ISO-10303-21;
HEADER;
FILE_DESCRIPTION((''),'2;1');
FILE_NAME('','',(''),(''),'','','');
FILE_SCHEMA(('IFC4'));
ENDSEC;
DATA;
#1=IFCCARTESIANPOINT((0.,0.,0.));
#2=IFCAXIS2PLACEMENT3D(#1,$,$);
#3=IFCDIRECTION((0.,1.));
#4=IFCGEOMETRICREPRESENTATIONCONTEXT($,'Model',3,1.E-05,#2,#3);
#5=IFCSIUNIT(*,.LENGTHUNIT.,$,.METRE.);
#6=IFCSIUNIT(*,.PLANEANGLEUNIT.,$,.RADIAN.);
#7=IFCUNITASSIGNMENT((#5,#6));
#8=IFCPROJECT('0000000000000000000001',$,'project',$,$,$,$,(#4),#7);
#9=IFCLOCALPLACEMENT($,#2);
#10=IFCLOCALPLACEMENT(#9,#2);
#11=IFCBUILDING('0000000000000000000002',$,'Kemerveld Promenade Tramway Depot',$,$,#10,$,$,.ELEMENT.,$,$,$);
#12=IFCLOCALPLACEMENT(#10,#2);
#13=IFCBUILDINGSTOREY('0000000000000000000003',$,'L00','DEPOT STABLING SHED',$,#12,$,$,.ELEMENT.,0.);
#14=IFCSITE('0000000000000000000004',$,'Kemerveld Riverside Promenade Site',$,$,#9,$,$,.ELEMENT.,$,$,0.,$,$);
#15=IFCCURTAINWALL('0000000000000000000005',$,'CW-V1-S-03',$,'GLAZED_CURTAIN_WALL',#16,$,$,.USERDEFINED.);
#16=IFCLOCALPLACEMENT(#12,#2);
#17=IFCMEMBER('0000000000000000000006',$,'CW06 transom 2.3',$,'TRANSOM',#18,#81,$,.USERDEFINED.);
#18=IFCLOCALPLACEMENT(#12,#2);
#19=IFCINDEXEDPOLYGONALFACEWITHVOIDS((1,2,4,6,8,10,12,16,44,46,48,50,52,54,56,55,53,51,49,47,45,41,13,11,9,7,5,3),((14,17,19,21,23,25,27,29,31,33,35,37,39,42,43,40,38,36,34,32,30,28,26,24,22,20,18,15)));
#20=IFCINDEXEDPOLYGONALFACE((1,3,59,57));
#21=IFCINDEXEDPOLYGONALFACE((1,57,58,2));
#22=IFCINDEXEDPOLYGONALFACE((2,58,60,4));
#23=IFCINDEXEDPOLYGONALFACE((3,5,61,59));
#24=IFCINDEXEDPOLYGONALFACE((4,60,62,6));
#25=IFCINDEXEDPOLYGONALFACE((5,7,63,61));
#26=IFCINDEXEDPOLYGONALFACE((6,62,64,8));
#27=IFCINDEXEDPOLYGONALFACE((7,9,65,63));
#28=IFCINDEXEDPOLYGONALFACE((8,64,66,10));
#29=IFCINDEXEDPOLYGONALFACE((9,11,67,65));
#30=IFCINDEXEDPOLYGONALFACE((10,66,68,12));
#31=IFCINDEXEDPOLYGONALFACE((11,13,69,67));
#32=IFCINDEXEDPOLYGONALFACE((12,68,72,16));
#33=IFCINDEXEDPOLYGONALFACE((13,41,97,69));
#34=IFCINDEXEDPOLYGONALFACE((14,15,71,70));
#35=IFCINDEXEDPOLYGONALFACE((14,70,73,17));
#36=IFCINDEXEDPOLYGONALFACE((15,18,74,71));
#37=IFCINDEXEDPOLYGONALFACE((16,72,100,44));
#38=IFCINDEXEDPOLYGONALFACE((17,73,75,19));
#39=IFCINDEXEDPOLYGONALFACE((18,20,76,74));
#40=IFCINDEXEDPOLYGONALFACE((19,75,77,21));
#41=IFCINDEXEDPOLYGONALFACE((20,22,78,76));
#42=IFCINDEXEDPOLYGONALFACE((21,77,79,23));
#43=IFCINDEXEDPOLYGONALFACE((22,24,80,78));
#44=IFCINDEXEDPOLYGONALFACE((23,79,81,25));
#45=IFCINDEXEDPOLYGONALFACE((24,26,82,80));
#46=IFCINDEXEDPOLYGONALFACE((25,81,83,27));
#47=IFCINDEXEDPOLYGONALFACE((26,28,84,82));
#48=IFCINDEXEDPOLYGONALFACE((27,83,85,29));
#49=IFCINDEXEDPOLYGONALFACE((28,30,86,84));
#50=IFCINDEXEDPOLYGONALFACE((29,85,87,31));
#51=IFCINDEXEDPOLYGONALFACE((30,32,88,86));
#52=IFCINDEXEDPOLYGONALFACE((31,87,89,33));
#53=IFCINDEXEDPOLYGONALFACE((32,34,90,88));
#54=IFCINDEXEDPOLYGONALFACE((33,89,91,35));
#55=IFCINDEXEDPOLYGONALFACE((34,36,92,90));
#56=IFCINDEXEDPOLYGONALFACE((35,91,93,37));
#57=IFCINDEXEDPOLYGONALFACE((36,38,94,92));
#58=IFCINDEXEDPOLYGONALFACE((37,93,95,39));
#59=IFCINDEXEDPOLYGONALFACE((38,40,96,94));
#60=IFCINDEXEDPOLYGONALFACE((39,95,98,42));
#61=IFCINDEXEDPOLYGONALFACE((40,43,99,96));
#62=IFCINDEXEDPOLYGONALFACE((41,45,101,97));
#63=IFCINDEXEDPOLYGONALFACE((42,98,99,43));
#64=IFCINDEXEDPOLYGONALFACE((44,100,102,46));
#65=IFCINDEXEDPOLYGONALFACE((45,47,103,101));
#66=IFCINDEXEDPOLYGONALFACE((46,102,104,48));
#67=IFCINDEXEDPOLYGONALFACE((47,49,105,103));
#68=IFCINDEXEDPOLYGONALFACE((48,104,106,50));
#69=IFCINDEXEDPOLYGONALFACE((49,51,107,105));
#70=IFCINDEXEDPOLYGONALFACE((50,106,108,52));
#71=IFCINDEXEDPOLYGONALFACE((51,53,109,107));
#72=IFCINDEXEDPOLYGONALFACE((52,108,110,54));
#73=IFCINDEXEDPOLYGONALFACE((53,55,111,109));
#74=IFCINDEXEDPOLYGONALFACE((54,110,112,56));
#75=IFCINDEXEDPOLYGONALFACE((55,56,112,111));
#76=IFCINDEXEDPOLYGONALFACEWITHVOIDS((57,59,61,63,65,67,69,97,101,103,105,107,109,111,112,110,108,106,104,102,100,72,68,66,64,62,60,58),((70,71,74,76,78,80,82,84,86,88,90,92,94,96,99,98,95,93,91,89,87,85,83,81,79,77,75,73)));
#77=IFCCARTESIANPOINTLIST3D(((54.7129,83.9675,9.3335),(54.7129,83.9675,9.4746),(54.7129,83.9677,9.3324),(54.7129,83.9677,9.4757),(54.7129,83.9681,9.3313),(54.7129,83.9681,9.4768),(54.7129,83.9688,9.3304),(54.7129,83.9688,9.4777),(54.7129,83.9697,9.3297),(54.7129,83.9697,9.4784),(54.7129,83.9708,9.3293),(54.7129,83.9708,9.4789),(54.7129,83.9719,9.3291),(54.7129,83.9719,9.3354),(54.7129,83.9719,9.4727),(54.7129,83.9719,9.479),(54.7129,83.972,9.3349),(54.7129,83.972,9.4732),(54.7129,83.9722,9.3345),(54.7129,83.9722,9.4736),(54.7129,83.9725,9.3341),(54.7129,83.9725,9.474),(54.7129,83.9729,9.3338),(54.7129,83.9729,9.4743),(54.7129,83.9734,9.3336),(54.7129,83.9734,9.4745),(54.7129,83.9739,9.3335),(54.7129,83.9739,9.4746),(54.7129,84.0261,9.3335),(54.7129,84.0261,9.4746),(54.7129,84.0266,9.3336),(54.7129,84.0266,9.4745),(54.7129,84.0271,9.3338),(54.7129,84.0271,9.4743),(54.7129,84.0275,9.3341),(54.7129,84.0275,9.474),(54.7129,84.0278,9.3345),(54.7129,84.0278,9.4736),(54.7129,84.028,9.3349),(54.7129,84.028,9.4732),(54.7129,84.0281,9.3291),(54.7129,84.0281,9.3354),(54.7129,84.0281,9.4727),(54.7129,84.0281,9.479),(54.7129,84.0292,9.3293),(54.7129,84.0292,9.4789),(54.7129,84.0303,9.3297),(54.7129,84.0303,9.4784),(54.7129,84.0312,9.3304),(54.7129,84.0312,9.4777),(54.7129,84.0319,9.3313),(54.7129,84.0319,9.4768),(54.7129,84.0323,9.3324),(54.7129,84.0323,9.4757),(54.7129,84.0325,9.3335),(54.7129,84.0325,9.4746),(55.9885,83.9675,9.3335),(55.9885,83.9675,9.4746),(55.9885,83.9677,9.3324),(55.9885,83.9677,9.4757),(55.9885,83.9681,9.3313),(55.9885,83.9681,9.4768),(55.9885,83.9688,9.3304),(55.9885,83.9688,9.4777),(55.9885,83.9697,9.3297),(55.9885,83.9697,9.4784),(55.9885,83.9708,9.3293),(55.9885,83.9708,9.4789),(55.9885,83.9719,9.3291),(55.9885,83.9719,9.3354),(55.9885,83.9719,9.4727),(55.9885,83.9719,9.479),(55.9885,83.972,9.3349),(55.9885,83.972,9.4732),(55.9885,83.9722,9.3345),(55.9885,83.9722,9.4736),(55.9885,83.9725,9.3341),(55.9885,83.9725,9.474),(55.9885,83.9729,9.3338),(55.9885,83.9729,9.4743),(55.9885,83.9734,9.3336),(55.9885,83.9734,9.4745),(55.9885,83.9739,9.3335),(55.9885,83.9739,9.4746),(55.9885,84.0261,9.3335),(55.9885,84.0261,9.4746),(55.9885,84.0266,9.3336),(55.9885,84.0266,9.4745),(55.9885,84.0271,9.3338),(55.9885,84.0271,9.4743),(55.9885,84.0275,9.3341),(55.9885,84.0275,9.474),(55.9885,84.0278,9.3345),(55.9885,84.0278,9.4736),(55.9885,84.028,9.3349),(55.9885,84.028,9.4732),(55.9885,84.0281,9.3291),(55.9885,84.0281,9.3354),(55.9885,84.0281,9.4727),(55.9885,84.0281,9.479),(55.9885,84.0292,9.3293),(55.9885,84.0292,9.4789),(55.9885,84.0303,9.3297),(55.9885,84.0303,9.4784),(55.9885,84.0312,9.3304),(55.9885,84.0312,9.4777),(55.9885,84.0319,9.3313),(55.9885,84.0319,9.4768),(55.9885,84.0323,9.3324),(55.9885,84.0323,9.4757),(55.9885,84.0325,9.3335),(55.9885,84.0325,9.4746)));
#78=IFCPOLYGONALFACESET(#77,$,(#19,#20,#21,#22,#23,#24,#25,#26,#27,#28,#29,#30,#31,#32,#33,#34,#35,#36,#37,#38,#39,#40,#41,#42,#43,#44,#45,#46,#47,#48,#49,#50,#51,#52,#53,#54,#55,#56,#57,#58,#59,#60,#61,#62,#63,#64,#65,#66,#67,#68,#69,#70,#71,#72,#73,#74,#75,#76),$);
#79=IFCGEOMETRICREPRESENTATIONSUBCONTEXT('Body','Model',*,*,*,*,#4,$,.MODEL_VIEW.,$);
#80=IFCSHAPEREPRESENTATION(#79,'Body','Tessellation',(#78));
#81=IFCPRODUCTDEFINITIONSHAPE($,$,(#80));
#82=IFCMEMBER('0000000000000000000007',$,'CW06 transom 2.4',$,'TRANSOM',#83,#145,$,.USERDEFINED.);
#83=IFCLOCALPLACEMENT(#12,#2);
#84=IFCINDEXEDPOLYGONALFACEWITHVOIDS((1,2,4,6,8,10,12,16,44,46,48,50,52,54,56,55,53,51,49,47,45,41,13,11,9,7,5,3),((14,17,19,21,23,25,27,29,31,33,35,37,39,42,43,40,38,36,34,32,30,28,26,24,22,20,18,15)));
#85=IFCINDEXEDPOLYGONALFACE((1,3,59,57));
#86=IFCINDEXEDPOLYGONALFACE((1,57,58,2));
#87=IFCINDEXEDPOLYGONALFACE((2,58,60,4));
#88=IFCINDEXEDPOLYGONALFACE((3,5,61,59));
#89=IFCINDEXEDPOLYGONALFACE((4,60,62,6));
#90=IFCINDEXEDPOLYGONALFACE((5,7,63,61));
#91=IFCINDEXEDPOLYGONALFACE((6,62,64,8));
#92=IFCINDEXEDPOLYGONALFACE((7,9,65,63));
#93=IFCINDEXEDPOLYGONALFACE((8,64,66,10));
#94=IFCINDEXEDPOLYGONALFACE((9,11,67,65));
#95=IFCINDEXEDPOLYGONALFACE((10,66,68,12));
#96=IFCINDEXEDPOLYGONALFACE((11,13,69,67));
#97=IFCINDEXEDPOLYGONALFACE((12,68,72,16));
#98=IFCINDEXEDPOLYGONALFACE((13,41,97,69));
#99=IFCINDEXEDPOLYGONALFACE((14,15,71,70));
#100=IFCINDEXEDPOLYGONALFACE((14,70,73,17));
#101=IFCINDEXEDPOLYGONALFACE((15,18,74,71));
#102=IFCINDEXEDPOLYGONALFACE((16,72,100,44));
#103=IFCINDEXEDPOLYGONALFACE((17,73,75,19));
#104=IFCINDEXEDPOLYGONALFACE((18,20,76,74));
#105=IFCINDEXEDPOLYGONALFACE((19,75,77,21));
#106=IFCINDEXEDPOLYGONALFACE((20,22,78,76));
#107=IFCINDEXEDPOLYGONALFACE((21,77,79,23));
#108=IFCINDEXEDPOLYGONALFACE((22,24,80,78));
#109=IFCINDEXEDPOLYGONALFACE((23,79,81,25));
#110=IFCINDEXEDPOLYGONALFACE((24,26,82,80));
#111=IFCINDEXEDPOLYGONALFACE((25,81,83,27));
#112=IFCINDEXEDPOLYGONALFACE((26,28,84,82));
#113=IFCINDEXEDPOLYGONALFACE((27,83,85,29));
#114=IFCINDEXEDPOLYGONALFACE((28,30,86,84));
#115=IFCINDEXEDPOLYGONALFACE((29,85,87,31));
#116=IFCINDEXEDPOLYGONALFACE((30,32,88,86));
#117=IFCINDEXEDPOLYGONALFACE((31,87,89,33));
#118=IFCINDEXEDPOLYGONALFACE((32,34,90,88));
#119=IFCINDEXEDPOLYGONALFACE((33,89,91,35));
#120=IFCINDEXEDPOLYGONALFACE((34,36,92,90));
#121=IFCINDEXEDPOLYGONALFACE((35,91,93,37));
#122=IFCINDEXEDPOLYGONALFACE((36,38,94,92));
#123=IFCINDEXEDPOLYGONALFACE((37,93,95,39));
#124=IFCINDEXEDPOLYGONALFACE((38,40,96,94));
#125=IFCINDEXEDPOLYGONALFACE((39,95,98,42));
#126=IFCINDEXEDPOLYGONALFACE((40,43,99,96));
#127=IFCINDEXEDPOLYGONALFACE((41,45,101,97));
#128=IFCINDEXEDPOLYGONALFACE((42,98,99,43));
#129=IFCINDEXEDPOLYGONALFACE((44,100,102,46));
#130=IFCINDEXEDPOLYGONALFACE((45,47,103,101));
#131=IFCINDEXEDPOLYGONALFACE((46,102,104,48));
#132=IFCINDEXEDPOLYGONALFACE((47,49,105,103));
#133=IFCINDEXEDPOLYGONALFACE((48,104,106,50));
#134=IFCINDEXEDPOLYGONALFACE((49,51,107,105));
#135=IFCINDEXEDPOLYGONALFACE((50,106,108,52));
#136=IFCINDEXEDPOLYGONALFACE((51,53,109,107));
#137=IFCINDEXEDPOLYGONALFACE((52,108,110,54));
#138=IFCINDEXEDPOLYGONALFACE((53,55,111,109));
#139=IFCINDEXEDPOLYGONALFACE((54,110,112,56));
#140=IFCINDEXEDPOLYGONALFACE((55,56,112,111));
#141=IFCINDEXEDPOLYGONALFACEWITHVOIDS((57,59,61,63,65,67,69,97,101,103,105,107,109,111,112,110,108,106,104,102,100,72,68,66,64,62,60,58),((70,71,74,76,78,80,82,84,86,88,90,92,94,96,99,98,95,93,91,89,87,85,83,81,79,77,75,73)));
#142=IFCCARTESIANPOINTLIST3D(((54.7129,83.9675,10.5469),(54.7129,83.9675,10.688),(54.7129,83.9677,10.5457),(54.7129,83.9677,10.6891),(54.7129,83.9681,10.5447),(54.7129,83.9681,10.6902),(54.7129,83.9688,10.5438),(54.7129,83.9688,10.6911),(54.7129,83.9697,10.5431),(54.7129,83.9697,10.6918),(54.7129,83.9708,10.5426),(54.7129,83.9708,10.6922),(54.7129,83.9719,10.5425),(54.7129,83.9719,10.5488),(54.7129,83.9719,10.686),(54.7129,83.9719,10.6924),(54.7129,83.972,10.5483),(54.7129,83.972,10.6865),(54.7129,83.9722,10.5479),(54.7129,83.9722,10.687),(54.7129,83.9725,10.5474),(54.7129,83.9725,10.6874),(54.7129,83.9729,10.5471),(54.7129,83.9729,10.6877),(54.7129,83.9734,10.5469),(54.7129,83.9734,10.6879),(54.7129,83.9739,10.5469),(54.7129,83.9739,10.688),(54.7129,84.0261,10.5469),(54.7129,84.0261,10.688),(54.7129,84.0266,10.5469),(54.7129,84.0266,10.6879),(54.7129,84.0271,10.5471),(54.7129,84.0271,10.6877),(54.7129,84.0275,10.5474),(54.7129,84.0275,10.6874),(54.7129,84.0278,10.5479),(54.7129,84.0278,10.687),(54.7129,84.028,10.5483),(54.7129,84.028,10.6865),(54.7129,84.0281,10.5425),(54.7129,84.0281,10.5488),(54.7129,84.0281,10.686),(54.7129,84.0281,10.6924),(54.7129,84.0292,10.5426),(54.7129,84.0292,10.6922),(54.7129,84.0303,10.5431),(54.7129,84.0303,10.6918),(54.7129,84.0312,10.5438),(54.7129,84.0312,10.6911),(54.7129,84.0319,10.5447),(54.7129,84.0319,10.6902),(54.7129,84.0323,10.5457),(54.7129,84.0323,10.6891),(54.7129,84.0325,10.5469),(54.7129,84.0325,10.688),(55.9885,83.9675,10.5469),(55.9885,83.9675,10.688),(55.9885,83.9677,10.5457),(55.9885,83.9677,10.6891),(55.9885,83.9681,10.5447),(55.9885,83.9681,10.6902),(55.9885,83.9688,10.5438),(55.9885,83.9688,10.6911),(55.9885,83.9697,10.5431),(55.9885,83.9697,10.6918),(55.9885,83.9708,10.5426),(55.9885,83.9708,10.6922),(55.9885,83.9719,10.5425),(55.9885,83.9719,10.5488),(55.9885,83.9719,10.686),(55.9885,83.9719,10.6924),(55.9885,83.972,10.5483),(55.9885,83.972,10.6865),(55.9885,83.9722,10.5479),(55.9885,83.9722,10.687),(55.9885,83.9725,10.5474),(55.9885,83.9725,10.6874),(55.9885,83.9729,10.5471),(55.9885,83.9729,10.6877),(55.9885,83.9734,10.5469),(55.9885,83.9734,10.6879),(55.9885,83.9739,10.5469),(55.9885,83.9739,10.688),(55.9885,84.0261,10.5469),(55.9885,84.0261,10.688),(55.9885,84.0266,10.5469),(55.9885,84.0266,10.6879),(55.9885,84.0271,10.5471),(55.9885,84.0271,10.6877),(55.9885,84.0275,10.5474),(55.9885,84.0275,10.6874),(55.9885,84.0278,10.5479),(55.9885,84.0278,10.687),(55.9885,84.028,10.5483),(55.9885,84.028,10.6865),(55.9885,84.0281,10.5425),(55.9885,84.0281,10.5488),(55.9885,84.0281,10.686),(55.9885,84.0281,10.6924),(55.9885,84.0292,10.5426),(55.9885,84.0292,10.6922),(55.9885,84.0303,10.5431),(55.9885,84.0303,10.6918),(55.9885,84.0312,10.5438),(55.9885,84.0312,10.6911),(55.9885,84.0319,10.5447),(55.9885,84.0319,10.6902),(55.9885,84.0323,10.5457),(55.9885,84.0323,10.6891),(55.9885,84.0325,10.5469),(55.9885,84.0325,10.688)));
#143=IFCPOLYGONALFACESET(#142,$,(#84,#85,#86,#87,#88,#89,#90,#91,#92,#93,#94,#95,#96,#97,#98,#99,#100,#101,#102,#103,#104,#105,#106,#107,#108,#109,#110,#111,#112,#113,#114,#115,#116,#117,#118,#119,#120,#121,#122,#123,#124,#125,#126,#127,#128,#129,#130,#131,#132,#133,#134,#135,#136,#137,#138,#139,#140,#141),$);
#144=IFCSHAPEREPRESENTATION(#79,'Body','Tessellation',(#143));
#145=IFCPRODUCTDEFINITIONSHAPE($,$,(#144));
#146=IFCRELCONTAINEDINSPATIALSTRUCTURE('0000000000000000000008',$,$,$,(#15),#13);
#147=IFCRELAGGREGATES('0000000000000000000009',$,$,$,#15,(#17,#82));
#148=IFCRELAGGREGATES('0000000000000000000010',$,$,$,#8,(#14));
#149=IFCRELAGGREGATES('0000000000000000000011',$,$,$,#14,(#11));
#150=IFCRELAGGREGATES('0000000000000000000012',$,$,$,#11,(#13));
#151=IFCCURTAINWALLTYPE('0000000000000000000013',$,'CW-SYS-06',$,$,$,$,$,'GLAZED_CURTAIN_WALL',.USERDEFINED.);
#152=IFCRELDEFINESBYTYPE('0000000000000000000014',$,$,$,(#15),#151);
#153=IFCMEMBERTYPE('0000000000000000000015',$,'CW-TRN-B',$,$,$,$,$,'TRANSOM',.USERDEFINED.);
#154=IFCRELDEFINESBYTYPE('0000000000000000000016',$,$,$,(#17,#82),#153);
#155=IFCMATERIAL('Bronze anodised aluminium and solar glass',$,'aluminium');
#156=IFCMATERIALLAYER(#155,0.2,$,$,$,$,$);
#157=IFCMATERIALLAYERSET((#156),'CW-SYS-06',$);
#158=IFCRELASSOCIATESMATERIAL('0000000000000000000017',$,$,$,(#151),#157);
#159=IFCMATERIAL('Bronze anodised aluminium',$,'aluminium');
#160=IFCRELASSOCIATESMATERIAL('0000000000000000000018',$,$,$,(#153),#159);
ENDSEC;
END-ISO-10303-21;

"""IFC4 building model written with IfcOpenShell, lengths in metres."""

from ifc_helpers import new_model, si_unit, direction, frame, origin, origin_2d, place, context, subcontext, project, spatial, hollow_rectangle, extrude, material, layer, layer_set, material_profile, profile_set, type_object, element, aggregate, save


model = new_model("IFC4")

# Units and contexts
model_context = context("Model", 3, precision=1e-05, world=origin(), true_north=direction((0.0, 1.0)))
body_context = subcontext(model_context, "Body", "Model", "MODEL_VIEW")
ifc_project = project(units=[si_unit("LENGTHUNIT", "METRE"), si_unit("PLANEANGLEUNIT", "RADIAN")], contexts=[model_context])

# Site, building, storey
site_placement = place(None, origin())
site = spatial("IfcSite", under=ifc_project, at=site_placement, Name="Kemerveld Riverside Promenade Site", CompositionType="ELEMENT", RefElevation=0.0)
building_placement = place(site_placement, origin())
building = spatial("IfcBuilding", under=site, at=building_placement, Name="Kemerveld Promenade Tramway Depot", CompositionType="ELEMENT")
storey_placement = place(building_placement, origin())
storey = spatial("IfcBuildingStorey", under=building, at=storey_placement, Name="L00", Description="DEPOT STABLING SHED", CompositionType="ELEMENT", Elevation=0.0)

# Curtain wall, members
ifc_material_1 = material(Name="Bronze anodised aluminium and solar glass", Category="aluminium")
ifc_material_2 = material(Name="Bronze anodised aluminium", Category="aluminium")
ifc_layer_1 = layer(ifc_material_1, 0.2)
ifc_layer_set_1 = layer_set([ifc_layer_1], Name="CW-SYS-06")
curtain_wall_type_1 = type_object("IfcCurtainWallType", Name="CW-SYS-06", ElementType="GLAZED_CURTAIN_WALL", PredefinedType="USERDEFINED", material=ifc_layer_set_1)
curtain_wall_1_placement = place(storey_placement, origin())
curtain_wall_1 = element("IfcCurtainWall", 1, at=curtain_wall_1_placement, inside=storey, type_object=curtain_wall_type_1, Name="CW-V1-S-03", ObjectType="GLAZED_CURTAIN_WALL", PredefinedType="USERDEFINED")
ifc_material_profile_1 = material_profile(ifc_material_2, hollow_rectangle(XDim=0.0649, YDim=0.1499, WallThickness=0.0044, InnerFilletRadius=0.002, OuterFilletRadius=0.0044, at=origin_2d()), Name="CW-TRN-150x65")
ifc_profile_set_1 = profile_set([ifc_material_profile_1], Name="Bronze anodised aluminium")
member_type_1 = type_object("IfcMemberType", Name="CW-TRN-B", ElementType="TRANSOM", PredefinedType="USERDEFINED", material=ifc_profile_set_1)
member_1_placement = place(storey_placement, frame((55.9885, 84.0, 9.4041), z_axis=(-1.0, 0.0, 0.0), x_axis=(0.0, -1.0, 0.0)))
member_1 = element("IfcMember", 2, at=member_1_placement, type_object=member_type_1, Name="CW06 transom 2.3", ObjectType="TRANSOM", PredefinedType="USERDEFINED", context=body_context, shape_type="SweptSolid", body=[
    extrude(hollow_rectangle(XDim=0.0649, YDim=0.1499, WallThickness=0.0044, InnerFilletRadius=0.002, OuterFilletRadius=0.0044, at=origin_2d()), origin(), (0.0, 0.0, 1.0), 1.2756),
])
member_2_placement = place(storey_placement, frame((55.9885, 84.0, 10.6174), z_axis=(-1.0, 0.0, 0.0), x_axis=(0.0, -1.0, 0.0)))
member_2 = element("IfcMember", 3, at=member_2_placement, type_object=member_type_1, Name="CW06 transom 2.4", ObjectType="TRANSOM", PredefinedType="USERDEFINED", context=body_context, shape_type="SweptSolid", body=[
    extrude(hollow_rectangle(XDim=0.0649, YDim=0.1499, WallThickness=0.0044, InnerFilletRadius=0.002, OuterFilletRadius=0.0044, at=origin_2d()), origin(), (0.0, 0.0, 1.0), 1.2756),
])

aggregate(curtain_wall_1, [member_1, member_2])

save(model, "model.ifc")
